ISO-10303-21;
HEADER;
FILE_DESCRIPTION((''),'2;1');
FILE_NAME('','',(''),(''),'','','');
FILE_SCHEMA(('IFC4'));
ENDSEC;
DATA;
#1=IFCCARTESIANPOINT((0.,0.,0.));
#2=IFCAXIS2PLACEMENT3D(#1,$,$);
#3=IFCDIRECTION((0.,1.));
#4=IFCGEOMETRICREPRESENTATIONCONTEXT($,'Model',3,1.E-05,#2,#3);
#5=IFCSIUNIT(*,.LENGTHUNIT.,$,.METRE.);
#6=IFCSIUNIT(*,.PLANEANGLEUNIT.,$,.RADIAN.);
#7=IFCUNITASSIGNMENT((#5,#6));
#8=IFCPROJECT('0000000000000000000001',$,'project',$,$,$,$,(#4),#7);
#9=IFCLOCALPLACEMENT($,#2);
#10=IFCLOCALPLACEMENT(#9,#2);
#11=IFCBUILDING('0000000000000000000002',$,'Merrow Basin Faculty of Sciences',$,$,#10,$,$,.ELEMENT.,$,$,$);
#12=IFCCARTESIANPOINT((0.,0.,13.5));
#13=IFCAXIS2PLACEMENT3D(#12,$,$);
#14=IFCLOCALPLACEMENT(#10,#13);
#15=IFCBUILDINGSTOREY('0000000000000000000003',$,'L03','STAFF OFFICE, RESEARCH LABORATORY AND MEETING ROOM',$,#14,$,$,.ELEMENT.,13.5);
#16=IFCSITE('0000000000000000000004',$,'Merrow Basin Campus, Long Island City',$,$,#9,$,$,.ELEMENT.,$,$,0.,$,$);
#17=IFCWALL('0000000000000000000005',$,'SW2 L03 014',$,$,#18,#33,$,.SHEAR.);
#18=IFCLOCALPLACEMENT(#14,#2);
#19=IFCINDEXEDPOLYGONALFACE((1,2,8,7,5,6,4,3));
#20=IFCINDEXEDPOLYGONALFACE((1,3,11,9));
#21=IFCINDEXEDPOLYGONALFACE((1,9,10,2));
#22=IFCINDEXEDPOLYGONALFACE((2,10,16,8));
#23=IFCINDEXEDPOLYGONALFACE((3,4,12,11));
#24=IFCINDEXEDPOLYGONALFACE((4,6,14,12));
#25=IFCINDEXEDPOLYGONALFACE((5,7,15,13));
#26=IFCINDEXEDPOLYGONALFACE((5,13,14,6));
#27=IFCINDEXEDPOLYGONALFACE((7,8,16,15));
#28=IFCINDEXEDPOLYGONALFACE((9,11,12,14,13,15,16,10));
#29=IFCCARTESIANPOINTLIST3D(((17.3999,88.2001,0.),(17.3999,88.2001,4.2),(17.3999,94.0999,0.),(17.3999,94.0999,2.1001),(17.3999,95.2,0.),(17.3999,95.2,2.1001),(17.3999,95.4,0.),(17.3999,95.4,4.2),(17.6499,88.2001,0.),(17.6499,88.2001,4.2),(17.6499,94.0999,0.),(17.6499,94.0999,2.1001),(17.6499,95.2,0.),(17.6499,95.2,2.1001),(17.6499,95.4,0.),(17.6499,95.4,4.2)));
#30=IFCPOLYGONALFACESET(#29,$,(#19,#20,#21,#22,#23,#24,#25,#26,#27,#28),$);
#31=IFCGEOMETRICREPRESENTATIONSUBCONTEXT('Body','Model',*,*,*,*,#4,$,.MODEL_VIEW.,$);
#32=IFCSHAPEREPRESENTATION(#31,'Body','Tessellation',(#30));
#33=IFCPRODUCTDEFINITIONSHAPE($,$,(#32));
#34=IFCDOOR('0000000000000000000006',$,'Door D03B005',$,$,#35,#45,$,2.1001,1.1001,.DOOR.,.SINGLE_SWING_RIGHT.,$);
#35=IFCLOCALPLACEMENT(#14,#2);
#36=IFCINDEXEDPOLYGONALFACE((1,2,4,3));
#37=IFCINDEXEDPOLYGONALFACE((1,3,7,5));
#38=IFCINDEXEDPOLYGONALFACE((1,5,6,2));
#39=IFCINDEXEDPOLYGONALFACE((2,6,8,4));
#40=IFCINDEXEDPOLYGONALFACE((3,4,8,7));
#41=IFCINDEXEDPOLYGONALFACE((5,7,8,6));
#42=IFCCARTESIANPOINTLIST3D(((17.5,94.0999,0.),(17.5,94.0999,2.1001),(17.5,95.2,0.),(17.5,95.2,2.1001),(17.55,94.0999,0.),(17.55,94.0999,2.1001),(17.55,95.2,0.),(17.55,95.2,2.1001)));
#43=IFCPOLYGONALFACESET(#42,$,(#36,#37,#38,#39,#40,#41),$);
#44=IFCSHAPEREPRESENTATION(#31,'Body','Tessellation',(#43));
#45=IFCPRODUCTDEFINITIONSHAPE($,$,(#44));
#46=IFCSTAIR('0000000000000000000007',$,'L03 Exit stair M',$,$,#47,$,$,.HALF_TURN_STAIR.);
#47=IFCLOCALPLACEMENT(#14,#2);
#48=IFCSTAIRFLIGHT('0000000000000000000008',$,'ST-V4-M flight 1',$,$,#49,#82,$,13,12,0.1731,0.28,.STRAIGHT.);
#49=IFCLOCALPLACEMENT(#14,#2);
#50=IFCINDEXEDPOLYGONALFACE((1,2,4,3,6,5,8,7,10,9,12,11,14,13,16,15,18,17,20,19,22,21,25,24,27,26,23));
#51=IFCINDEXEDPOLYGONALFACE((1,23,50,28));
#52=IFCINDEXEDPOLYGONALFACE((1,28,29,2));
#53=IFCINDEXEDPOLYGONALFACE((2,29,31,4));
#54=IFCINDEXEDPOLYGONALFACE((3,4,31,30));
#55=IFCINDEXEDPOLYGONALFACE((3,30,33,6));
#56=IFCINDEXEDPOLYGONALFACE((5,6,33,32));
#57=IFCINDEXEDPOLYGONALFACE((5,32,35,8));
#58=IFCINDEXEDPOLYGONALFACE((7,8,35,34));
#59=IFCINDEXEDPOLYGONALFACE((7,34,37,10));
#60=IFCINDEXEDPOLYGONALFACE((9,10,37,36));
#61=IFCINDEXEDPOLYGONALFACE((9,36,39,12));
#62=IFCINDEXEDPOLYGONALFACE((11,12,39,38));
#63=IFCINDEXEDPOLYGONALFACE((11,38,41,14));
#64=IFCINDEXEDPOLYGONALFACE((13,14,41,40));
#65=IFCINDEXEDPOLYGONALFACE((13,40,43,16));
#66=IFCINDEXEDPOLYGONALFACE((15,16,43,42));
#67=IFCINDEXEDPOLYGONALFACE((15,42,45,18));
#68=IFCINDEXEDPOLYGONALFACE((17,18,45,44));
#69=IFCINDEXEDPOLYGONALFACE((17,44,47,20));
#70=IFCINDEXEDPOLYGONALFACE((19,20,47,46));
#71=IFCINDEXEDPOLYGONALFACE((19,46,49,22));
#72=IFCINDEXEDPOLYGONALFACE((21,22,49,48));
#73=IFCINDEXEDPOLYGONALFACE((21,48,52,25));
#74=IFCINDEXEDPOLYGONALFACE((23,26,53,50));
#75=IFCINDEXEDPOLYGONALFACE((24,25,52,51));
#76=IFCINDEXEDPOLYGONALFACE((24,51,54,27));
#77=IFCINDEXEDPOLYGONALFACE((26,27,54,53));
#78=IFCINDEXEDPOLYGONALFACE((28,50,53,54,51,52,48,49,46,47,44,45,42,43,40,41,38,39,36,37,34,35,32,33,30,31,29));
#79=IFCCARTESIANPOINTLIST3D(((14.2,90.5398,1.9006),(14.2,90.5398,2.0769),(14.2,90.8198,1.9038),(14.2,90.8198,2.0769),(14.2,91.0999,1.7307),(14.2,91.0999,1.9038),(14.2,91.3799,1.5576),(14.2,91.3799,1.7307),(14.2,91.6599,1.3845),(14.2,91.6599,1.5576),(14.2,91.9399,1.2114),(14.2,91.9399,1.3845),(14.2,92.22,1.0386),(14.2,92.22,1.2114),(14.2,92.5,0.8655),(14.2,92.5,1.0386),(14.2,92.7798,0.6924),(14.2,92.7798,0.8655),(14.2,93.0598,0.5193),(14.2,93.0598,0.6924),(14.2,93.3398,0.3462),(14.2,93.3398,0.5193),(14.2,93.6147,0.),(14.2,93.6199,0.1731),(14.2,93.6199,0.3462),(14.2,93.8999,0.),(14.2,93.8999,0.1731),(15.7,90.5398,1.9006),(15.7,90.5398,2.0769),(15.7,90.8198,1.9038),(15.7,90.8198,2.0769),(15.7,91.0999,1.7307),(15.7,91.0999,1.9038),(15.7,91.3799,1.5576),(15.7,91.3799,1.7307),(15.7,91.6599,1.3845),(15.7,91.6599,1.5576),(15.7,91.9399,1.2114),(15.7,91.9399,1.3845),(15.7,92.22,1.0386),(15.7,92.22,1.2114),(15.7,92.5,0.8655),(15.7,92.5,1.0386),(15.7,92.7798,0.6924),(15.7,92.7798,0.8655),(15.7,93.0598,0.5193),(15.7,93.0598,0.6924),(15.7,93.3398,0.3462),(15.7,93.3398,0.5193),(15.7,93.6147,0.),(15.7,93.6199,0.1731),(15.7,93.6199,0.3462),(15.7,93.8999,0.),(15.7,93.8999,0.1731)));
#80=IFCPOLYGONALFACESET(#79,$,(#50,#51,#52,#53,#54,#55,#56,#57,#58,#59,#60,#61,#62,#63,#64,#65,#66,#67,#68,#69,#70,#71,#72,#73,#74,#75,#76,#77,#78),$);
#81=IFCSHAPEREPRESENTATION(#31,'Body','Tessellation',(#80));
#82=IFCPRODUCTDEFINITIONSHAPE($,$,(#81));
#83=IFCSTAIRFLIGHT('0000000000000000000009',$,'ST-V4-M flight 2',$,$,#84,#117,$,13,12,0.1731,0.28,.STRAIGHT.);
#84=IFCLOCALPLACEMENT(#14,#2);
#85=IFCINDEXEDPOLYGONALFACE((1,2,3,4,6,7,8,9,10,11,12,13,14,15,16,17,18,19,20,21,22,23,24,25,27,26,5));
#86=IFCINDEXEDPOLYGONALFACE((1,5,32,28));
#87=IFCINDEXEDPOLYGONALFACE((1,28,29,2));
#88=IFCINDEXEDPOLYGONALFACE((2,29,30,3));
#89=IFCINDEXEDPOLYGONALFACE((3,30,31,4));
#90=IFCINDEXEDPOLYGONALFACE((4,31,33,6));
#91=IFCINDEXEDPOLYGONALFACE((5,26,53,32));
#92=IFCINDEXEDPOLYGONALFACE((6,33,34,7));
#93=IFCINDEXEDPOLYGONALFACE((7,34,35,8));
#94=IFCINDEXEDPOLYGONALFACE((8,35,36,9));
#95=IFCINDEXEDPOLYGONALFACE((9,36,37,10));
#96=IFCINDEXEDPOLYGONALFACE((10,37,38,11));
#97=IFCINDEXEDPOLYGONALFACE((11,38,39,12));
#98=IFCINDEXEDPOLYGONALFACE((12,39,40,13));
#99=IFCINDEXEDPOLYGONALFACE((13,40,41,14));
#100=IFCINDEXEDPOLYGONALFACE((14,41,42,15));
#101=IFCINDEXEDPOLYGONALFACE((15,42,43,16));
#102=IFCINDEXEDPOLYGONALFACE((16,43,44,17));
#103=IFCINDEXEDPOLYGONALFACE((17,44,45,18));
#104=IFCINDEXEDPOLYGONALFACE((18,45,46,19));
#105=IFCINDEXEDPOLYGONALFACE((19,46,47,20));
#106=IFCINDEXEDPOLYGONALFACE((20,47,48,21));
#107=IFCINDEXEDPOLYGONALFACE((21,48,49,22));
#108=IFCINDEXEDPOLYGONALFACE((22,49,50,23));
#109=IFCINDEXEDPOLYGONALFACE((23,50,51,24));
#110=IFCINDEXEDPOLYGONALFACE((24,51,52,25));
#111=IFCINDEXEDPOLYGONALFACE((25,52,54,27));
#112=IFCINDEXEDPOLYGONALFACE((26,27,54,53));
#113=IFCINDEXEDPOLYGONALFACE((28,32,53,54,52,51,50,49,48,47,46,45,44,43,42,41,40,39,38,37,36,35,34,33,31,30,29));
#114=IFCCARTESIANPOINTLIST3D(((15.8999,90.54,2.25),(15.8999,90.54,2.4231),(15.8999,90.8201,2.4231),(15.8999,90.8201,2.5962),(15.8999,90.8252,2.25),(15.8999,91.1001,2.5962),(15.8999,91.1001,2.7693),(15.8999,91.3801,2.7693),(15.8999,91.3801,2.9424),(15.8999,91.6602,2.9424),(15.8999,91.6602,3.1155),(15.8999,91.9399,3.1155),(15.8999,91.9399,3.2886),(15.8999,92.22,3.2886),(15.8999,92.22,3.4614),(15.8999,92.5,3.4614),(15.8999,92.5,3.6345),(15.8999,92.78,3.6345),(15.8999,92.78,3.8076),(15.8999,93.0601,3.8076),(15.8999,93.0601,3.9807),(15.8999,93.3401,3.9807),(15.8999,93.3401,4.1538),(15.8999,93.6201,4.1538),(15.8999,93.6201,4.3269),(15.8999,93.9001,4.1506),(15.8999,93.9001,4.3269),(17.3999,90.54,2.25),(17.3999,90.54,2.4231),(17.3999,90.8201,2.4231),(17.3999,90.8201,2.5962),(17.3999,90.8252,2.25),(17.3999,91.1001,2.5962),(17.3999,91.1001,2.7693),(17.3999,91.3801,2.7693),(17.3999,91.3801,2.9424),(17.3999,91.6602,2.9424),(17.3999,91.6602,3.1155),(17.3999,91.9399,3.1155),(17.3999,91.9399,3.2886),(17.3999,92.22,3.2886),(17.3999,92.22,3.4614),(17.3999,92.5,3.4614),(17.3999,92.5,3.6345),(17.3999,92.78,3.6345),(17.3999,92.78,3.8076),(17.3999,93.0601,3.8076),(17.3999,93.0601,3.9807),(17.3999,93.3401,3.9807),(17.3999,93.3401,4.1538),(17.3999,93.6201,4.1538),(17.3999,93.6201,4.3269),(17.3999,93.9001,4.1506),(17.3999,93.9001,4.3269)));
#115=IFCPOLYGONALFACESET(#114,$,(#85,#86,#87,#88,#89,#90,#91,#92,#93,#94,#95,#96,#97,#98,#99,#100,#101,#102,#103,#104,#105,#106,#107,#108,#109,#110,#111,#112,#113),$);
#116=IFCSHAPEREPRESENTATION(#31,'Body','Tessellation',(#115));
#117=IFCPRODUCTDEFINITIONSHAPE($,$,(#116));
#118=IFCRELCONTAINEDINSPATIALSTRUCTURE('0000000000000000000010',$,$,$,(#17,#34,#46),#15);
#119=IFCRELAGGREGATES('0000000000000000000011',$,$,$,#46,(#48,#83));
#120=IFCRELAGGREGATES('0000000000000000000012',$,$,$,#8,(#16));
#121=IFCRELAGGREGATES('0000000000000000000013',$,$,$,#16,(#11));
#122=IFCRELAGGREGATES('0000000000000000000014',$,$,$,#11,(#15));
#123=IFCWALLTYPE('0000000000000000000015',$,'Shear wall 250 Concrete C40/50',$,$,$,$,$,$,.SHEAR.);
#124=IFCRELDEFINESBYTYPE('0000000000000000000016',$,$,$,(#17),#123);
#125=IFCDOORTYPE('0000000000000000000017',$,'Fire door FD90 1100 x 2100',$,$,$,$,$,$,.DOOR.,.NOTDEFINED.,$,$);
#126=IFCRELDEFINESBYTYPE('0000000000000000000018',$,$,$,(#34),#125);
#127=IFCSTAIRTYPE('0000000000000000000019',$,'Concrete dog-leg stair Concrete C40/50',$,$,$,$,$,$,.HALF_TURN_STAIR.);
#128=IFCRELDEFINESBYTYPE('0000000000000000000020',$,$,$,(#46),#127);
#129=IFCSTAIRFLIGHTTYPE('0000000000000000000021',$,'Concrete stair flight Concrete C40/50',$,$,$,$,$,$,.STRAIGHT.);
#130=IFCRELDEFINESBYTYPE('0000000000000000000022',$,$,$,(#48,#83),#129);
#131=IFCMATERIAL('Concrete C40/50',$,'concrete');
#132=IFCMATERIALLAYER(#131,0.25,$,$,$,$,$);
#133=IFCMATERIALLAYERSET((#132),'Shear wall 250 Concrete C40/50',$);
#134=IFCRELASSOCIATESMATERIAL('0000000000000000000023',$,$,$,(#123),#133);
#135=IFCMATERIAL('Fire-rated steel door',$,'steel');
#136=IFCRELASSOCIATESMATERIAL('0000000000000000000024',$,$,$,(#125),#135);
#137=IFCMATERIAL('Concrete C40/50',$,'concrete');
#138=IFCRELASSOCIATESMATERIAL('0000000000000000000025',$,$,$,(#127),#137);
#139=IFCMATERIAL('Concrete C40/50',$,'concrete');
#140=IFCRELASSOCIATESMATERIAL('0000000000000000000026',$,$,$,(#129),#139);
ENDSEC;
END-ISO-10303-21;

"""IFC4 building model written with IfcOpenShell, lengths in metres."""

from ifc_helpers import new_model, si_unit, direction, frame, frame_2d, origin, place, context, subcontext, project, spatial, polyline, rectangle, outline, extrude, material, layer, layer_set, type_object, element, fill, aggregate, save


model = new_model("IFC4")

# Units and contexts
model_context = context("Model", 3, precision=1e-05, world=origin(), true_north=direction((0.0, 1.0)))
body_context = subcontext(model_context, "Body", "Model", "MODEL_VIEW")
ifc_project = project(units=[si_unit("LENGTHUNIT", "METRE"), si_unit("PLANEANGLEUNIT", "RADIAN")], contexts=[model_context])

# Site, building, storey
site_placement = place(None, origin())
site = spatial("IfcSite", under=ifc_project, at=site_placement, Name="Merrow Basin Campus, Long Island City", CompositionType="ELEMENT", RefElevation=0.0)
building_placement = place(site_placement, origin())
building = spatial("IfcBuilding", under=site, at=building_placement, Name="Merrow Basin Faculty of Sciences", CompositionType="ELEMENT")
storey_placement = place(building_placement, frame((0.0, 0.0, 13.5)))
storey = spatial("IfcBuildingStorey", under=building, at=storey_placement, Name="L03", Description="STAFF OFFICE, RESEARCH LABORATORY AND MEETING ROOM", CompositionType="ELEMENT", Elevation=13.5)

# Wall, opening, door
ifc_material_1 = material(Name="Concrete C40/50", Category="concrete")
ifc_layer_1 = layer(ifc_material_1, 0.25)
ifc_layer_set_1 = layer_set([ifc_layer_1], Name="Shear wall 250 Concrete C40/50")
wall_type_1 = type_object("IfcWallType", Name="Shear wall 250 Concrete C40/50", PredefinedType="SHEAR", material=ifc_layer_set_1)
wall_1_placement = place(storey_placement, frame((17.5249, 88.2, 0.0), z_axis=(0.0, 0.0, 1.0), x_axis=(0.0, 1.0, 0.0)))
wall_1 = element("IfcWall", 1, at=wall_1_placement, inside=storey, type_object=wall_type_1, Name="SW2 L03 014", PredefinedType="SHEAR", context=body_context, shape_type="SweptSolid", body=[
    extrude(rectangle(XDim=7.2, YDim=0.25, at=frame_2d((3.6001, 0.0))), origin(), (0.0, 0.0, 1.0), 4.2),
])
opening_1_placement = place(wall_1_placement, frame((5.8999, 0.0, 0.0)))
opening_1 = element("IfcOpeningElement", 2, at=opening_1_placement, cuts=wall_1, PredefinedType="OPENING", context=body_context, shape_type="SweptSolid", body=[
    extrude(rectangle(XDim=1.1001, YDim=2.1001, at=frame_2d((0.55, 1.05))), frame((0.0, 0.135, 0.0), z_axis=(0.0, -1.0, 0.0), x_axis=(1.0, 0.0, 0.0)), (0.0, 0.0, 1.0), 0.27),
])
ifc_material_2 = material(Name="Fire-rated steel door", Category="steel")
door_type_1 = type_object("IfcDoorType", Name="Fire door FD90 1100 x 2100", OperationType="NOTDEFINED", PredefinedType="DOOR", material=ifc_material_2)
door_1_placement = place(opening_1_placement, origin())
door_1 = element("IfcDoor", 3, at=door_1_placement, inside=storey, type_object=door_type_1, Name="Door D03B005", OperationType="SINGLE_SWING_RIGHT", OverallHeight=2.1001, OverallWidth=1.1001, PredefinedType="DOOR", context=body_context, shape_type="SweptSolid", body=[
    extrude(rectangle(XDim=1.1001, YDim=2.1001, at=frame_2d((0.55, 1.05))), frame((0.0, 0.0249, 0.0), z_axis=(0.0, -1.0, 0.0), x_axis=(1.0, 0.0, 0.0)), (0.0, 0.0, 1.0), 0.05),
])
fill(opening_1, door_1)

# Stair, stair flights
ifc_material_3 = material(Name="Concrete C40/50", Category="concrete")
stair_type = type_object("IfcStairType", Name="Concrete dog-leg stair Concrete C40/50", PredefinedType="HALF_TURN_STAIR", material=ifc_material_3)
stair_placement = place(storey_placement, origin())
stair = element("IfcStair", 4, at=stair_placement, inside=storey, type_object=stair_type, Name="L03 Exit stair M", PredefinedType="HALF_TURN_STAIR")
ifc_material_4 = material(Name="Concrete C40/50", Category="concrete")
stair_flight_type = type_object("IfcStairFlightType", Name="Concrete stair flight Concrete C40/50", PredefinedType="STRAIGHT", material=ifc_material_4)
stair_flight_1_placement = place(storey_placement, frame((14.95, 93.8999, 0.0), z_axis=(0.0, 0.0, 1.0), x_axis=(0.0, -1.0, 0.0)))
stair_flight_1 = element("IfcStairFlight", 5, at=stair_flight_1_placement, type_object=stair_flight_type, Name="ST-V4-M flight 1", NumberOfRisers=13, NumberOfTreads=12, PredefinedType="STRAIGHT", RiserHeight=0.1731, TreadLength=0.28, context=body_context, shape_type="SweptSolid", body=[
    extrude(outline(polyline([(0.0, 0.0), (0.0, 0.1731), (0.28, 0.1731), (0.28, 0.3462), (0.5601, 0.3462), (0.5601, 0.5193), (0.8401, 0.5193), (0.8401, 0.6924), (1.1201, 0.6924), (1.1201, 0.8655), (1.3999, 0.8655), (1.3999, 1.0386), (1.6799, 1.0386), (1.6799, 1.2114), (1.96, 1.2114), (1.96, 1.3845), (2.24, 1.3845), (2.24, 1.5576), (2.52, 1.5576), (2.52, 1.7307), (2.8, 1.7307), (2.8, 1.9038), (3.0801, 1.9038), (3.0801, 2.0769), (3.3601, 2.0769), (3.3601, 2.25), (3.3601, 1.9006), (0.2852, 0.0), (0.0, 0.0)])), frame((0.0, 0.75, 0.0), z_axis=(0.0, -1.0, 0.0), x_axis=(1.0, 0.0, 0.0)), (0.0, 0.0, 1.0), 1.5),
])
stair_flight_2_placement = place(storey_placement, frame((16.6499, 90.54, 2.25), z_axis=(0.0, 0.0, 1.0), x_axis=(0.0, 1.0, 0.0)))
stair_flight_2 = element("IfcStairFlight", 6, at=stair_flight_2_placement, type_object=stair_flight_type, Name="ST-V4-M flight 2", NumberOfRisers=13, NumberOfTreads=12, PredefinedType="STRAIGHT", RiserHeight=0.1731, TreadLength=0.28, context=body_context, shape_type="SweptSolid", body=[
    extrude(outline(polyline([(0.0, 0.0), (0.0, 0.1731), (0.28, 0.1731), (0.28, 0.3462), (0.5601, 0.3462), (0.5601, 0.5193), (0.8401, 0.5193), (0.8401, 0.6924), (1.1201, 0.6924), (1.1201, 0.8655), (1.3999, 0.8655), (1.3999, 1.0386), (1.6799, 1.0386), (1.6799, 1.2114), (1.96, 1.2114), (1.96, 1.3845), (2.24, 1.3845), (2.24, 1.5576), (2.52, 1.5576), (2.52, 1.7307), (2.8, 1.7307), (2.8, 1.9038), (3.0801, 1.9038), (3.0801, 2.0769), (3.3601, 2.0769), (3.3601, 2.25), (3.3601, 1.9006), (0.2852, 0.0), (0.0, 0.0)])), frame((0.0, 0.75, 0.0), z_axis=(0.0, -1.0, 0.0), x_axis=(1.0, 0.0, 0.0)), (0.0, 0.0, 1.0), 1.5),
])
aggregate(stair, [stair_flight_1, stair_flight_2])

save(model, "model.ifc")
